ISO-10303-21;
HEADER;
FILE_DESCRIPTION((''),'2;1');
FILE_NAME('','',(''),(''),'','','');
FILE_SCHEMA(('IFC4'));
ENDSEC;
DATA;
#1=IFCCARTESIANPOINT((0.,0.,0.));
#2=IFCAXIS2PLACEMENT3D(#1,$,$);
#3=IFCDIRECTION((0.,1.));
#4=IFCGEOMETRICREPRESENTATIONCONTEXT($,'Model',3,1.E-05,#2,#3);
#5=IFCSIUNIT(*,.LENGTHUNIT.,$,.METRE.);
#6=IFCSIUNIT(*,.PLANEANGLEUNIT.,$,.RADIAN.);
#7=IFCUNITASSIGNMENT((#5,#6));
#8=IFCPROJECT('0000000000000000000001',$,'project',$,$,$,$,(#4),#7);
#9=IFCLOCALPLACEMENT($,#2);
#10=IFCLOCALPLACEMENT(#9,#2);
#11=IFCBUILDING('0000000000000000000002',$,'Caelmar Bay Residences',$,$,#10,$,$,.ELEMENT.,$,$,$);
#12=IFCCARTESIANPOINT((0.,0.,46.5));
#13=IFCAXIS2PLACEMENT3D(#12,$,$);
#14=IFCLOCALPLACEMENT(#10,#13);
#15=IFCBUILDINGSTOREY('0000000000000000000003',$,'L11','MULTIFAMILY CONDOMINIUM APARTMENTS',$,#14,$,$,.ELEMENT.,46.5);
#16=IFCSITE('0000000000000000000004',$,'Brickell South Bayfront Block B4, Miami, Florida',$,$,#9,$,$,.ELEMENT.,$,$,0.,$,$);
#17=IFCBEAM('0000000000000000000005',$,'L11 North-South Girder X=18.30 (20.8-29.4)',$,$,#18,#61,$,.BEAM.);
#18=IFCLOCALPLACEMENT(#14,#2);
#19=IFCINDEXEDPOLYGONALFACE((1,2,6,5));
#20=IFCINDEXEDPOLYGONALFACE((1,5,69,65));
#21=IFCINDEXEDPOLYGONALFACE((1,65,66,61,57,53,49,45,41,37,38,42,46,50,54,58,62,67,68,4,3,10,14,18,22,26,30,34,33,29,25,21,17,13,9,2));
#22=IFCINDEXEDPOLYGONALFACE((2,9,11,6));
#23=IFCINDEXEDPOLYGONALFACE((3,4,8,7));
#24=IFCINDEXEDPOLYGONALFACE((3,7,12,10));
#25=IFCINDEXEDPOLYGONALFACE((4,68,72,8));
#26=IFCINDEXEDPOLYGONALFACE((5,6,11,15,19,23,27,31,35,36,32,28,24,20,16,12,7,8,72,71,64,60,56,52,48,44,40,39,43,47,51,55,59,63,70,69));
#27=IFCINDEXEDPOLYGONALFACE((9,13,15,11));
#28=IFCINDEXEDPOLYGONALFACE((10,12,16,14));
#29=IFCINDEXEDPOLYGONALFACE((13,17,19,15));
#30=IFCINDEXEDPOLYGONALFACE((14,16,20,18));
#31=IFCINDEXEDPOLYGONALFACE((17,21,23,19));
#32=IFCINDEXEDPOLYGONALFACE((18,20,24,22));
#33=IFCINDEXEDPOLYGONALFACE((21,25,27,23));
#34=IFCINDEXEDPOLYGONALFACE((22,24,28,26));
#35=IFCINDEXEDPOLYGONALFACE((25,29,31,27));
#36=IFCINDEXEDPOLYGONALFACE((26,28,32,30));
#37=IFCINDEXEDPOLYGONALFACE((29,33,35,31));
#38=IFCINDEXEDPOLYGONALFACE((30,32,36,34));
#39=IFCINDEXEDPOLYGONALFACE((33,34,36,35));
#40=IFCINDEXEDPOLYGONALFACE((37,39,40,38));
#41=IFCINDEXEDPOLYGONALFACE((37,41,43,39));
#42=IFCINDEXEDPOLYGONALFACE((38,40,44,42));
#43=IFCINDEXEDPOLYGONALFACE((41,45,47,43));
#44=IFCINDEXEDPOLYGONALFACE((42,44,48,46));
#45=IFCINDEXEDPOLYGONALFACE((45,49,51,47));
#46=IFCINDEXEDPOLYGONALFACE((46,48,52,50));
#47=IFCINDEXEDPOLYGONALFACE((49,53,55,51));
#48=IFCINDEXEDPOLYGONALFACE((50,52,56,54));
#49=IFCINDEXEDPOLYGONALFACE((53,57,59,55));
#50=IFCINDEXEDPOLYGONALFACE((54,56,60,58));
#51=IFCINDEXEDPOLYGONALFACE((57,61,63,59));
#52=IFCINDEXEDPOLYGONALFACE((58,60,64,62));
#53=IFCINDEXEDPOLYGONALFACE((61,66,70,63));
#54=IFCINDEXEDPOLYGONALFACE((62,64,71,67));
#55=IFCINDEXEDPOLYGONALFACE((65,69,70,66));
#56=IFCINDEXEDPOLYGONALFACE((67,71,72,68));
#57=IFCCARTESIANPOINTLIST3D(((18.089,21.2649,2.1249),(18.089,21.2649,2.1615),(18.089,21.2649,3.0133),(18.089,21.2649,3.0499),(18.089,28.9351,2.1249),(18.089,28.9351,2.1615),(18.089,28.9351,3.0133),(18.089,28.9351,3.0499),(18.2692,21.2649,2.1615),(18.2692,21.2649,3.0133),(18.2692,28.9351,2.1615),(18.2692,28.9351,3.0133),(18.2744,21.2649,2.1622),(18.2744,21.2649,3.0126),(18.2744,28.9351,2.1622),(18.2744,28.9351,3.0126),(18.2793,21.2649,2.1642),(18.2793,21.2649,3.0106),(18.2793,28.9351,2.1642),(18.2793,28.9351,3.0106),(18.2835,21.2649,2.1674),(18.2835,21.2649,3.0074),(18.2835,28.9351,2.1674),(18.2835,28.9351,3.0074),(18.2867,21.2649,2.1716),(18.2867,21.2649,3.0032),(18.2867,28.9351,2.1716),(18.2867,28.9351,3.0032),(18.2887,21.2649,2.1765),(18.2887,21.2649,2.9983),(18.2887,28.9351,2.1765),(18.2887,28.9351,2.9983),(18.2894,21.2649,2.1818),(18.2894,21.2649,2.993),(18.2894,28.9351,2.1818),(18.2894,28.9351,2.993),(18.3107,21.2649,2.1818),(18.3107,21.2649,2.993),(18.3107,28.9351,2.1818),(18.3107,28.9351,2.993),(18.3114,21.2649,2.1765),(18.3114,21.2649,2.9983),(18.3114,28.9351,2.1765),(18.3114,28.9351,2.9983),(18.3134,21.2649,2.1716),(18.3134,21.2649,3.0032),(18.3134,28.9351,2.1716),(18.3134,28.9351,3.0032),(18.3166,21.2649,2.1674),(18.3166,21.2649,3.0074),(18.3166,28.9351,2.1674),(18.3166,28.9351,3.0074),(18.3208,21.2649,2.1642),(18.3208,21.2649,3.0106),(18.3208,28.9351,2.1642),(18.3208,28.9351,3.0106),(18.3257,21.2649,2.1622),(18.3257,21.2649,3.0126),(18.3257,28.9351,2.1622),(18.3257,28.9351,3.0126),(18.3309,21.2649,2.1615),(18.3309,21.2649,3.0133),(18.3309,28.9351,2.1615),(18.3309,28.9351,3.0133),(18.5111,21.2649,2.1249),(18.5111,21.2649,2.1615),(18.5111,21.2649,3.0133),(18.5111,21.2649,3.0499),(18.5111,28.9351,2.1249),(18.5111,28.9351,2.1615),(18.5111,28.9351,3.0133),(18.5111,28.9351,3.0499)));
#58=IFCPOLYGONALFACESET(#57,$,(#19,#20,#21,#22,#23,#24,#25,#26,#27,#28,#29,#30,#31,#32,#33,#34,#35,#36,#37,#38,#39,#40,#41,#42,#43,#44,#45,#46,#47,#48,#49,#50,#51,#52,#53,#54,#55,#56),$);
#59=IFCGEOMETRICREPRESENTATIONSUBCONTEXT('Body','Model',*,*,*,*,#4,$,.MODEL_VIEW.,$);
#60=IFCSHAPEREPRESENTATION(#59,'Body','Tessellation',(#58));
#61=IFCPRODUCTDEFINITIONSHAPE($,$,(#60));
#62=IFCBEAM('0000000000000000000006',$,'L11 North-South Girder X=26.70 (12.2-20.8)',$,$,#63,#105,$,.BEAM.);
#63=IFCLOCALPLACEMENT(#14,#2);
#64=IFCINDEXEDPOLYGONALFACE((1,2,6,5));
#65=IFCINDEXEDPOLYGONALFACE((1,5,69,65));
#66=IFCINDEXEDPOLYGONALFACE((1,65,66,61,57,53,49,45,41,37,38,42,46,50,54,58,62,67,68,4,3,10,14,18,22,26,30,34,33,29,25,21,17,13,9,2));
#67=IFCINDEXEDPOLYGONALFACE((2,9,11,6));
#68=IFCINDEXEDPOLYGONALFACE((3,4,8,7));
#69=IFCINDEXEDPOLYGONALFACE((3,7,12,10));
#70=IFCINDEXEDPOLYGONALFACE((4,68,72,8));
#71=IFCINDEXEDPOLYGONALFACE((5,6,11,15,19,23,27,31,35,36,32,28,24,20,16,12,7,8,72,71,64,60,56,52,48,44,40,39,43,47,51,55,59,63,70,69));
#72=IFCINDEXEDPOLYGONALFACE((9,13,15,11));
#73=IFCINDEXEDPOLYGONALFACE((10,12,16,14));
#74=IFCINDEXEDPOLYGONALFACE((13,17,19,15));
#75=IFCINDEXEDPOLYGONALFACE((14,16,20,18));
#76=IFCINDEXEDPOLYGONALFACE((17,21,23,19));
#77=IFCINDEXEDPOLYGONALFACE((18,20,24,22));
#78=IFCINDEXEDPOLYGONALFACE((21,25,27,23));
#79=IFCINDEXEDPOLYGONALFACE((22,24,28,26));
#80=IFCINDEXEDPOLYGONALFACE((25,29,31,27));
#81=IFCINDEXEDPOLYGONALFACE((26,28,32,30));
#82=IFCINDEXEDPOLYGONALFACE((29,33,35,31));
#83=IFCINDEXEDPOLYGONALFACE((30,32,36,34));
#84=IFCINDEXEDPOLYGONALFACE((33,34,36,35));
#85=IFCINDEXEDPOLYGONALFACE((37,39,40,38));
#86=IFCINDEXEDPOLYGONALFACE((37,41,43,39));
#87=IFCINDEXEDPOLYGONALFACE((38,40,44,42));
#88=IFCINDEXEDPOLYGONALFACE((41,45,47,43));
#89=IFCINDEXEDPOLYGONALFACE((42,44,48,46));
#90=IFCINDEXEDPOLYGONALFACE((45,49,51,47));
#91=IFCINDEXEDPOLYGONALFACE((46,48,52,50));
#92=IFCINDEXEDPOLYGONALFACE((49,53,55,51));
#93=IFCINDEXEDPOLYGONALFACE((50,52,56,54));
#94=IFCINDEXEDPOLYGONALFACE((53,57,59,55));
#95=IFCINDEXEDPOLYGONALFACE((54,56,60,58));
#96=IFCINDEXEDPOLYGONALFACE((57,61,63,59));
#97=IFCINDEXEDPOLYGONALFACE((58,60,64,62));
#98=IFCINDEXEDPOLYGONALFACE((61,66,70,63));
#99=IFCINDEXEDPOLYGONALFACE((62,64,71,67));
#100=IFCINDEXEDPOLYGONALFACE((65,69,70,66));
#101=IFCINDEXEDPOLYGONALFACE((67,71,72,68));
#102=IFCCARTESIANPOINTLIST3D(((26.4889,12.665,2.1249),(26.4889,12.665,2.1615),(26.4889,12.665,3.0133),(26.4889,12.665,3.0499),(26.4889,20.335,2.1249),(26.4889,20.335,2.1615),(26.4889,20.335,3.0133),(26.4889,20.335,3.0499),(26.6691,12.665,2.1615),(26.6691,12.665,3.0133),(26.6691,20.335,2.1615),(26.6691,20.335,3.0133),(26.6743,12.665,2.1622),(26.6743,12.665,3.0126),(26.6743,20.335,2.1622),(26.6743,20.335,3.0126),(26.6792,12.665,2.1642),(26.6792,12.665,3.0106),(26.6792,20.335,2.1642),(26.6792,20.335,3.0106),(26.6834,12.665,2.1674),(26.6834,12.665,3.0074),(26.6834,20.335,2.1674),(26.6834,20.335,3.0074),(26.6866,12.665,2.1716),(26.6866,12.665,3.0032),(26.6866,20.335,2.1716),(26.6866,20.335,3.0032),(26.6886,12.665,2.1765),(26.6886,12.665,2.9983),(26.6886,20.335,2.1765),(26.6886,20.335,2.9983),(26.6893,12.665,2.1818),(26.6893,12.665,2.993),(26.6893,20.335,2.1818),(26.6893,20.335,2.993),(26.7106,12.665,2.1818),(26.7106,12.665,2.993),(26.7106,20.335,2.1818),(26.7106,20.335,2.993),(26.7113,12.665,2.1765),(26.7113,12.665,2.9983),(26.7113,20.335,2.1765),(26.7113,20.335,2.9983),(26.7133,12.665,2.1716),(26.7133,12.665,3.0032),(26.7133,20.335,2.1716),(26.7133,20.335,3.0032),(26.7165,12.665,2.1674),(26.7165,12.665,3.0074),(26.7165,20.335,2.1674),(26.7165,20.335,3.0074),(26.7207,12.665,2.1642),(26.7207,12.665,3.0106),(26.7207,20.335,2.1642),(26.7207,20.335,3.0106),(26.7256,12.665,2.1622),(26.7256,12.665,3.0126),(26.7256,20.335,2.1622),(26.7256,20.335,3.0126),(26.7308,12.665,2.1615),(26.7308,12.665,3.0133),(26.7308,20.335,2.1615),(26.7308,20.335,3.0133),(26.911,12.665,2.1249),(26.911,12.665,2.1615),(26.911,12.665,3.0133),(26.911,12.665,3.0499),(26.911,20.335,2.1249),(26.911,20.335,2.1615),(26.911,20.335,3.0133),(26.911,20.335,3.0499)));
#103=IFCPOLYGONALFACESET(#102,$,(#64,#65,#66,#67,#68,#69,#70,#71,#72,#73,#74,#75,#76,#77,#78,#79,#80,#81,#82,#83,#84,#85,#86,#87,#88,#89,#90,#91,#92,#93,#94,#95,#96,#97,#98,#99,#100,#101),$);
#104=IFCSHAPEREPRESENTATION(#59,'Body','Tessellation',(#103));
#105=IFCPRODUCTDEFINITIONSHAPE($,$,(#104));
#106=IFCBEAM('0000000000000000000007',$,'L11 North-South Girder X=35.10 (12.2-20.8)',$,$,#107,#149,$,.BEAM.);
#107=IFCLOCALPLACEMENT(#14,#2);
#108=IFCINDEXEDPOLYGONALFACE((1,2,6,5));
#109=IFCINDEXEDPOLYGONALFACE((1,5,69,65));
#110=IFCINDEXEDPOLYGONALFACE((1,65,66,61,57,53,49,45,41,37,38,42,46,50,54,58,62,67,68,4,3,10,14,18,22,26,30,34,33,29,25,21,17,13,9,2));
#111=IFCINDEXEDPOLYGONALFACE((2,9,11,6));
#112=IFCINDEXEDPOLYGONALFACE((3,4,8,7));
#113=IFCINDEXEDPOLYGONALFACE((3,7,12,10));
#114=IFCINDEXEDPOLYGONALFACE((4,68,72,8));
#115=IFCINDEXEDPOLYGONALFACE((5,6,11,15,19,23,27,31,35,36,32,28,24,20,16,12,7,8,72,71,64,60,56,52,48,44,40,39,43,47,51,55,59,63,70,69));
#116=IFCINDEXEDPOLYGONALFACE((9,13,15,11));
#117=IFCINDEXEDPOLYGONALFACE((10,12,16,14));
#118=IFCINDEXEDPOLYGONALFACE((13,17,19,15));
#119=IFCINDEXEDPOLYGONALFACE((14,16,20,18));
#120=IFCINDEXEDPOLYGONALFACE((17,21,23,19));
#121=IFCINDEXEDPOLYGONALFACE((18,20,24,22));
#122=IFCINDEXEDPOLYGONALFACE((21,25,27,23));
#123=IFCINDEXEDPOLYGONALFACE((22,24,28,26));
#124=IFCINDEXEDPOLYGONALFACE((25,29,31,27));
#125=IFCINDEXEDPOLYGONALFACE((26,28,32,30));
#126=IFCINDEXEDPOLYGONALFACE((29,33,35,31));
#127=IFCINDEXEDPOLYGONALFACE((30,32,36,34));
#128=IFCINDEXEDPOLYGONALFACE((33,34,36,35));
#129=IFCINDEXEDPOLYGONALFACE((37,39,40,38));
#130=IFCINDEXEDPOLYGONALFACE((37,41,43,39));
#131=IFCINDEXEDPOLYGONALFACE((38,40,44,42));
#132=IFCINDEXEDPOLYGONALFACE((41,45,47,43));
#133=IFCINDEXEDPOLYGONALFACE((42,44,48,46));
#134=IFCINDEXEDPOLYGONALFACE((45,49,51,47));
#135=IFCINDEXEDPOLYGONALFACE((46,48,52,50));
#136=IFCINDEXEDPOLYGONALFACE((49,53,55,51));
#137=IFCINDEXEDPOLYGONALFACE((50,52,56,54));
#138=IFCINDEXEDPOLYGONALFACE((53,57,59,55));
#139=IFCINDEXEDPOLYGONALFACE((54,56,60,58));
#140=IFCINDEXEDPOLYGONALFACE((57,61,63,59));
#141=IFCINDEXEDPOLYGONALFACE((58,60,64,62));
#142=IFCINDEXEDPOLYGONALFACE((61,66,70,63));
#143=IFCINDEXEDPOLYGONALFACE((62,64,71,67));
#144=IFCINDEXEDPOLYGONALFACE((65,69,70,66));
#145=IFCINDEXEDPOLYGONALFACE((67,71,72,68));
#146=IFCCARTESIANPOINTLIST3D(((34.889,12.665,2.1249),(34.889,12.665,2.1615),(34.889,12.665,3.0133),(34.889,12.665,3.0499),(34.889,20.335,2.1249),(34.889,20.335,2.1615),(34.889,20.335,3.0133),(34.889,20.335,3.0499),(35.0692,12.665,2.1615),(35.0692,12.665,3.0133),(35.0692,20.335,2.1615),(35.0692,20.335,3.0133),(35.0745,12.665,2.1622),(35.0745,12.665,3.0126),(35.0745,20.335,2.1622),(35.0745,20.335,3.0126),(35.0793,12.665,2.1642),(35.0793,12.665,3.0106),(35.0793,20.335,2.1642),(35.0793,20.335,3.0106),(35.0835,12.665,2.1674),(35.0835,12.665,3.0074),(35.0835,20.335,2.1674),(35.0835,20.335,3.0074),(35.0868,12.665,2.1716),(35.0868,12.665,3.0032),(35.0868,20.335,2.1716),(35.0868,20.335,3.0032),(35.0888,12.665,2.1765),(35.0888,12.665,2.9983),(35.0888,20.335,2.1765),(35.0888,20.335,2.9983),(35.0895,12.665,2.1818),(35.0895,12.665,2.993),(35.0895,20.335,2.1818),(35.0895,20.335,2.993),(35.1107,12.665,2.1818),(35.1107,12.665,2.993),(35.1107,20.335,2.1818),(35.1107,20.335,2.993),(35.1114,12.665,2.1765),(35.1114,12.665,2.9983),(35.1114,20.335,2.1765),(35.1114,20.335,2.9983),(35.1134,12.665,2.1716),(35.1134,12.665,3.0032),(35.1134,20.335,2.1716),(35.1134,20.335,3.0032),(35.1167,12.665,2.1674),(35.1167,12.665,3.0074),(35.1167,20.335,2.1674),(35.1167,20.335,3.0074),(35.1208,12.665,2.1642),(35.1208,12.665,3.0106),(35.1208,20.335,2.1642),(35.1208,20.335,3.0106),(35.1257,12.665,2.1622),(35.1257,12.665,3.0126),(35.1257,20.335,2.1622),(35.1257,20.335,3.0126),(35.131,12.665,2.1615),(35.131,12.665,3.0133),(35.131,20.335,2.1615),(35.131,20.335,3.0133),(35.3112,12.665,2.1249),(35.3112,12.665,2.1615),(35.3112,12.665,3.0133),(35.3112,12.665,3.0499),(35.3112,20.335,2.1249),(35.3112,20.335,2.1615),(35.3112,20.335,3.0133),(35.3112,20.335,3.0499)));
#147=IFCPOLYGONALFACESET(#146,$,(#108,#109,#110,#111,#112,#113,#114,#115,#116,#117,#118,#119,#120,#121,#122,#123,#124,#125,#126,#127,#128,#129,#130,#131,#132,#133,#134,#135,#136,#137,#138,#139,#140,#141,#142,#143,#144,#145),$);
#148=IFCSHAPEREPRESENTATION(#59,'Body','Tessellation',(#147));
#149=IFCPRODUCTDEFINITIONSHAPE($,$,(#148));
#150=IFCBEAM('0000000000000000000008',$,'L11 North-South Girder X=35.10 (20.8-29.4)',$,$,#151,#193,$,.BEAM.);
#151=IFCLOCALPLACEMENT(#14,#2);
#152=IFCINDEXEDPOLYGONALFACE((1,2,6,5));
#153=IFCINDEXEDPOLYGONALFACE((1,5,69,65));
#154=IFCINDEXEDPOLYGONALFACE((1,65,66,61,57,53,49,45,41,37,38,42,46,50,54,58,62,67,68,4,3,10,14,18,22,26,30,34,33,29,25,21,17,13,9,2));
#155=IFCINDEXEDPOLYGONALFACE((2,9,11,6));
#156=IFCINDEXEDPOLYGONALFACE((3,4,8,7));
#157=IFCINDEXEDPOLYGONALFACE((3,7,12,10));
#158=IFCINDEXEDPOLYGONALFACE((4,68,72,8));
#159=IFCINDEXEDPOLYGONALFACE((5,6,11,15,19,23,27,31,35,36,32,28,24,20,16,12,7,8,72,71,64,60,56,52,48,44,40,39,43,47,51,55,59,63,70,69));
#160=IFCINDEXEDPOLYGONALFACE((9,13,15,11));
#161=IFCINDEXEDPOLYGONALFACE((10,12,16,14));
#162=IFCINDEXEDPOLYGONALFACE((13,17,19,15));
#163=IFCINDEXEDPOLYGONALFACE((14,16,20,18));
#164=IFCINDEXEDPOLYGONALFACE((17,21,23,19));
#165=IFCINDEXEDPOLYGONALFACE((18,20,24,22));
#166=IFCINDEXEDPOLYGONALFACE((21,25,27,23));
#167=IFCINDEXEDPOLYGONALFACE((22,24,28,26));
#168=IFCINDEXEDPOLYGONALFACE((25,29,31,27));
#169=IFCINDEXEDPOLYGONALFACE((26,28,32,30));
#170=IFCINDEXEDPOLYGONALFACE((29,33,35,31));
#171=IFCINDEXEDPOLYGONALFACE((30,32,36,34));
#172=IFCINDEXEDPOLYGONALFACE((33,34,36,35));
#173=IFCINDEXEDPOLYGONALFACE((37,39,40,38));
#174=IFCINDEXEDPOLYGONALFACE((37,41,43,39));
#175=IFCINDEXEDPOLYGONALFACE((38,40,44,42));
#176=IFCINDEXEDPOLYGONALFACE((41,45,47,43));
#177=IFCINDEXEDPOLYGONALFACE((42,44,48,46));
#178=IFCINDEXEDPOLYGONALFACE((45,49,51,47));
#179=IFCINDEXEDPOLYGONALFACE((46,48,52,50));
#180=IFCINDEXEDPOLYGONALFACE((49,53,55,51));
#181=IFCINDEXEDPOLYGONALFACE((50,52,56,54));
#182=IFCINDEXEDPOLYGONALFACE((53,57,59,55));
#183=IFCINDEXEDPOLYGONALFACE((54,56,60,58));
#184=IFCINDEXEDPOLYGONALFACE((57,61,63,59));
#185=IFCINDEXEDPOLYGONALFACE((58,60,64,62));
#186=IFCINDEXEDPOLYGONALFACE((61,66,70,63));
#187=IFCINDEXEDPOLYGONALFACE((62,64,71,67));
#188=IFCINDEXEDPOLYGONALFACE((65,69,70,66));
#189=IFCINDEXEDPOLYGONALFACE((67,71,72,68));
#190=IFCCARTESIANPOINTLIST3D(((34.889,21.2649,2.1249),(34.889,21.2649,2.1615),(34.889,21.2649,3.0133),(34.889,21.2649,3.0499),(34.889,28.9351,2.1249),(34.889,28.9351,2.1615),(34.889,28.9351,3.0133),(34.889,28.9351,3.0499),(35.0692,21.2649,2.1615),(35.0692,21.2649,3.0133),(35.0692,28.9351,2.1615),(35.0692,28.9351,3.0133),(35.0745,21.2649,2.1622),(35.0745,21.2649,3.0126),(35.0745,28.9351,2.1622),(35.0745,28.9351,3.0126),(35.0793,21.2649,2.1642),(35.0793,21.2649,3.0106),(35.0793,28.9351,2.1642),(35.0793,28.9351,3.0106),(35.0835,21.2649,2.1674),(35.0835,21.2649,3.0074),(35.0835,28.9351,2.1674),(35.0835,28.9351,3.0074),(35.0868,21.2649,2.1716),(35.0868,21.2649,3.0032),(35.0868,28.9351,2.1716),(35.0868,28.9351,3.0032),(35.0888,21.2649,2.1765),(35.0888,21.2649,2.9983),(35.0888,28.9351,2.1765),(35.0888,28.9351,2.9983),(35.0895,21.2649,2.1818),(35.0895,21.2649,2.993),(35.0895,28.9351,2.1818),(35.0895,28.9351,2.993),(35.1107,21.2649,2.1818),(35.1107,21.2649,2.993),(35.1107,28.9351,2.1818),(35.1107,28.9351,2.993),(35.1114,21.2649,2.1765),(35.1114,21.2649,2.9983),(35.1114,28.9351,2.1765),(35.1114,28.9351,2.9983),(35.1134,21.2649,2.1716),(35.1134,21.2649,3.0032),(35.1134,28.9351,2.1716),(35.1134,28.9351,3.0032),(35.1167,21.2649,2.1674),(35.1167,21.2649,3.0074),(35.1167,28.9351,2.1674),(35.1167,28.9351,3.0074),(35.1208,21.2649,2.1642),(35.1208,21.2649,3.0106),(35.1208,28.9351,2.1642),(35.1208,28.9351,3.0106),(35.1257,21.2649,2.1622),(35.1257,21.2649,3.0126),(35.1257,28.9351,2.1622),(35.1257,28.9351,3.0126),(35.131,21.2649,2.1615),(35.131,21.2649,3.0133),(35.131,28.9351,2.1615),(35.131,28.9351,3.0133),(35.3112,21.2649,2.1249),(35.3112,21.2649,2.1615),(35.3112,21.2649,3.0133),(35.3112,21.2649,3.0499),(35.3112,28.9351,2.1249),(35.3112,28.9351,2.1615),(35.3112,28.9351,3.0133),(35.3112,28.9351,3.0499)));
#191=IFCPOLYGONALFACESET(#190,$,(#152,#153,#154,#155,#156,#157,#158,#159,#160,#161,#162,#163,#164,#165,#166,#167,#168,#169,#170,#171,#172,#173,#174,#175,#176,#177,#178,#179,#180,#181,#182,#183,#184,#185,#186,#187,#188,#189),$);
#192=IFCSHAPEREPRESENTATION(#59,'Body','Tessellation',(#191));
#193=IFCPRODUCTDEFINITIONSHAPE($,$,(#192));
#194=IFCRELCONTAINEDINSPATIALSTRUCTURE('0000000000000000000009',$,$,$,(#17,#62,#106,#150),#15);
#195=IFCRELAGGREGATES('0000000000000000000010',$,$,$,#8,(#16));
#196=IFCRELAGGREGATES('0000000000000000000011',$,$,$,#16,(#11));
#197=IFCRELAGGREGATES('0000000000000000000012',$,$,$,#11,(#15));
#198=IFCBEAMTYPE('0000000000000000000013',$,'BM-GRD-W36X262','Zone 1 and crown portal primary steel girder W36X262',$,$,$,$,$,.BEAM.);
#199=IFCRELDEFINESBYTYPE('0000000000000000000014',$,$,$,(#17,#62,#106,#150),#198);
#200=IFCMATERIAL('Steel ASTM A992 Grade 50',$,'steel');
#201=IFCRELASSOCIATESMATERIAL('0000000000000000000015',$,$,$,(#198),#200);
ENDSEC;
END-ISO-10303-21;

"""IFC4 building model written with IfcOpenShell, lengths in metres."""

from ifc_helpers import new_model, si_unit, direction, frame, origin, origin_2d, place, context, subcontext, project, spatial, i_section, extrude, material, material_profile, profile_set, type_object, element, save


model = new_model("IFC4")

# Units and contexts
model_context = context("Model", 3, precision=1e-05, world=origin(), true_north=direction((0.0, 1.0)))
body_context = subcontext(model_context, "Body", "Model", "MODEL_VIEW")
ifc_project = project(units=[si_unit("LENGTHUNIT", "METRE"), si_unit("PLANEANGLEUNIT", "RADIAN")], contexts=[model_context])

# Site, building, storey
site_placement = place(None, origin())
site = spatial("IfcSite", under=ifc_project, at=site_placement, Name="Brickell South Bayfront Block B4, Miami, Florida", CompositionType="ELEMENT", RefElevation=0.0)
building_placement = place(site_placement, origin())
building = spatial("IfcBuilding", under=site, at=building_placement, Name="Caelmar Bay Residences", CompositionType="ELEMENT")
storey_placement = place(building_placement, frame((0.0, 0.0, 46.5)))
storey = spatial("IfcBuildingStorey", under=building, at=storey_placement, Name="L11", Description="MULTIFAMILY CONDOMINIUM APARTMENTS", CompositionType="ELEMENT", Elevation=46.5)

# Beams
ifc_material_1 = material(Name="Steel ASTM A992 Grade 50", Category="steel")
ifc_material_profile_1 = material_profile(ifc_material_1, i_section(OverallWidth=0.4221, OverallDepth=0.925, WebThickness=0.0212, FlangeThickness=0.0366, FilletRadius=0.0203, at=origin_2d()), Name="W36X262")
ifc_profile_set_1 = profile_set([ifc_material_profile_1], Name="Steel ASTM A992 Grade 50")
beam_type_1 = type_object("IfcBeamType", Name="BM-GRD-W36X262", Description="Zone 1 and crown portal primary steel girder W36X262", PredefinedType="BEAM", material=ifc_profile_set_1)
beam_1_placement = place(storey_placement, frame((18.3, 21.2649, 2.5874), z_axis=(0.0, 1.0, 0.0), x_axis=(-1.0, 0.0, 0.0)))
element("IfcBeam", 1, at=beam_1_placement, inside=storey, type_object=beam_type_1, Name="L11 North-South Girder X=18.30 (20.8-29.4)", PredefinedType="BEAM", context=body_context, shape_type="SweptSolid", body=[
    extrude(i_section(OverallWidth=0.4221, OverallDepth=0.925, WebThickness=0.0212, FlangeThickness=0.0366, FilletRadius=0.0203, at=origin_2d()), origin(), (0.0, 0.0, 1.0), 7.6702),
])
for number, where, z_axis, x_axis, name in (
    (2, (26.7, 12.665, 2.5874), (0.0, 1.0, 0.0), (-1.0, 0.0, 0.0), "L11 North-South Girder X=26.70 (12.2-20.8)"),
    (3, (35.1001, 12.665, 2.5874), (0.0, 1.0, 0.0), (-1.0, 0.0, 0.0), "L11 North-South Girder X=35.10 (12.2-20.8)"),
):
    element("IfcBeam", number, at=place(storey_placement, frame(where, z_axis=z_axis, x_axis=x_axis)), inside=storey, type_object=beam_type_1, Name=name, PredefinedType="BEAM", context=body_context, shape_type="SweptSolid", body=[
        extrude(i_section(OverallWidth=0.4221, OverallDepth=0.925, WebThickness=0.0212, FlangeThickness=0.0366, FilletRadius=0.0203, at=origin_2d()), origin(), (0.0, 0.0, 1.0), 7.6699),
    ])
beam_2_placement = place(storey_placement, frame((35.1001, 21.2649, 2.5874), z_axis=(0.0, 1.0, 0.0), x_axis=(-1.0, 0.0, 0.0)))
element("IfcBeam", 4, at=beam_2_placement, inside=storey, type_object=beam_type_1, Name="L11 North-South Girder X=35.10 (20.8-29.4)", PredefinedType="BEAM", context=body_context, shape_type="SweptSolid", body=[
    extrude(i_section(OverallWidth=0.4221, OverallDepth=0.925, WebThickness=0.0212, FlangeThickness=0.0366, FilletRadius=0.0203, at=origin_2d()), origin(), (0.0, 0.0, 1.0), 7.6702),
])

save(model, "model.ifc")
